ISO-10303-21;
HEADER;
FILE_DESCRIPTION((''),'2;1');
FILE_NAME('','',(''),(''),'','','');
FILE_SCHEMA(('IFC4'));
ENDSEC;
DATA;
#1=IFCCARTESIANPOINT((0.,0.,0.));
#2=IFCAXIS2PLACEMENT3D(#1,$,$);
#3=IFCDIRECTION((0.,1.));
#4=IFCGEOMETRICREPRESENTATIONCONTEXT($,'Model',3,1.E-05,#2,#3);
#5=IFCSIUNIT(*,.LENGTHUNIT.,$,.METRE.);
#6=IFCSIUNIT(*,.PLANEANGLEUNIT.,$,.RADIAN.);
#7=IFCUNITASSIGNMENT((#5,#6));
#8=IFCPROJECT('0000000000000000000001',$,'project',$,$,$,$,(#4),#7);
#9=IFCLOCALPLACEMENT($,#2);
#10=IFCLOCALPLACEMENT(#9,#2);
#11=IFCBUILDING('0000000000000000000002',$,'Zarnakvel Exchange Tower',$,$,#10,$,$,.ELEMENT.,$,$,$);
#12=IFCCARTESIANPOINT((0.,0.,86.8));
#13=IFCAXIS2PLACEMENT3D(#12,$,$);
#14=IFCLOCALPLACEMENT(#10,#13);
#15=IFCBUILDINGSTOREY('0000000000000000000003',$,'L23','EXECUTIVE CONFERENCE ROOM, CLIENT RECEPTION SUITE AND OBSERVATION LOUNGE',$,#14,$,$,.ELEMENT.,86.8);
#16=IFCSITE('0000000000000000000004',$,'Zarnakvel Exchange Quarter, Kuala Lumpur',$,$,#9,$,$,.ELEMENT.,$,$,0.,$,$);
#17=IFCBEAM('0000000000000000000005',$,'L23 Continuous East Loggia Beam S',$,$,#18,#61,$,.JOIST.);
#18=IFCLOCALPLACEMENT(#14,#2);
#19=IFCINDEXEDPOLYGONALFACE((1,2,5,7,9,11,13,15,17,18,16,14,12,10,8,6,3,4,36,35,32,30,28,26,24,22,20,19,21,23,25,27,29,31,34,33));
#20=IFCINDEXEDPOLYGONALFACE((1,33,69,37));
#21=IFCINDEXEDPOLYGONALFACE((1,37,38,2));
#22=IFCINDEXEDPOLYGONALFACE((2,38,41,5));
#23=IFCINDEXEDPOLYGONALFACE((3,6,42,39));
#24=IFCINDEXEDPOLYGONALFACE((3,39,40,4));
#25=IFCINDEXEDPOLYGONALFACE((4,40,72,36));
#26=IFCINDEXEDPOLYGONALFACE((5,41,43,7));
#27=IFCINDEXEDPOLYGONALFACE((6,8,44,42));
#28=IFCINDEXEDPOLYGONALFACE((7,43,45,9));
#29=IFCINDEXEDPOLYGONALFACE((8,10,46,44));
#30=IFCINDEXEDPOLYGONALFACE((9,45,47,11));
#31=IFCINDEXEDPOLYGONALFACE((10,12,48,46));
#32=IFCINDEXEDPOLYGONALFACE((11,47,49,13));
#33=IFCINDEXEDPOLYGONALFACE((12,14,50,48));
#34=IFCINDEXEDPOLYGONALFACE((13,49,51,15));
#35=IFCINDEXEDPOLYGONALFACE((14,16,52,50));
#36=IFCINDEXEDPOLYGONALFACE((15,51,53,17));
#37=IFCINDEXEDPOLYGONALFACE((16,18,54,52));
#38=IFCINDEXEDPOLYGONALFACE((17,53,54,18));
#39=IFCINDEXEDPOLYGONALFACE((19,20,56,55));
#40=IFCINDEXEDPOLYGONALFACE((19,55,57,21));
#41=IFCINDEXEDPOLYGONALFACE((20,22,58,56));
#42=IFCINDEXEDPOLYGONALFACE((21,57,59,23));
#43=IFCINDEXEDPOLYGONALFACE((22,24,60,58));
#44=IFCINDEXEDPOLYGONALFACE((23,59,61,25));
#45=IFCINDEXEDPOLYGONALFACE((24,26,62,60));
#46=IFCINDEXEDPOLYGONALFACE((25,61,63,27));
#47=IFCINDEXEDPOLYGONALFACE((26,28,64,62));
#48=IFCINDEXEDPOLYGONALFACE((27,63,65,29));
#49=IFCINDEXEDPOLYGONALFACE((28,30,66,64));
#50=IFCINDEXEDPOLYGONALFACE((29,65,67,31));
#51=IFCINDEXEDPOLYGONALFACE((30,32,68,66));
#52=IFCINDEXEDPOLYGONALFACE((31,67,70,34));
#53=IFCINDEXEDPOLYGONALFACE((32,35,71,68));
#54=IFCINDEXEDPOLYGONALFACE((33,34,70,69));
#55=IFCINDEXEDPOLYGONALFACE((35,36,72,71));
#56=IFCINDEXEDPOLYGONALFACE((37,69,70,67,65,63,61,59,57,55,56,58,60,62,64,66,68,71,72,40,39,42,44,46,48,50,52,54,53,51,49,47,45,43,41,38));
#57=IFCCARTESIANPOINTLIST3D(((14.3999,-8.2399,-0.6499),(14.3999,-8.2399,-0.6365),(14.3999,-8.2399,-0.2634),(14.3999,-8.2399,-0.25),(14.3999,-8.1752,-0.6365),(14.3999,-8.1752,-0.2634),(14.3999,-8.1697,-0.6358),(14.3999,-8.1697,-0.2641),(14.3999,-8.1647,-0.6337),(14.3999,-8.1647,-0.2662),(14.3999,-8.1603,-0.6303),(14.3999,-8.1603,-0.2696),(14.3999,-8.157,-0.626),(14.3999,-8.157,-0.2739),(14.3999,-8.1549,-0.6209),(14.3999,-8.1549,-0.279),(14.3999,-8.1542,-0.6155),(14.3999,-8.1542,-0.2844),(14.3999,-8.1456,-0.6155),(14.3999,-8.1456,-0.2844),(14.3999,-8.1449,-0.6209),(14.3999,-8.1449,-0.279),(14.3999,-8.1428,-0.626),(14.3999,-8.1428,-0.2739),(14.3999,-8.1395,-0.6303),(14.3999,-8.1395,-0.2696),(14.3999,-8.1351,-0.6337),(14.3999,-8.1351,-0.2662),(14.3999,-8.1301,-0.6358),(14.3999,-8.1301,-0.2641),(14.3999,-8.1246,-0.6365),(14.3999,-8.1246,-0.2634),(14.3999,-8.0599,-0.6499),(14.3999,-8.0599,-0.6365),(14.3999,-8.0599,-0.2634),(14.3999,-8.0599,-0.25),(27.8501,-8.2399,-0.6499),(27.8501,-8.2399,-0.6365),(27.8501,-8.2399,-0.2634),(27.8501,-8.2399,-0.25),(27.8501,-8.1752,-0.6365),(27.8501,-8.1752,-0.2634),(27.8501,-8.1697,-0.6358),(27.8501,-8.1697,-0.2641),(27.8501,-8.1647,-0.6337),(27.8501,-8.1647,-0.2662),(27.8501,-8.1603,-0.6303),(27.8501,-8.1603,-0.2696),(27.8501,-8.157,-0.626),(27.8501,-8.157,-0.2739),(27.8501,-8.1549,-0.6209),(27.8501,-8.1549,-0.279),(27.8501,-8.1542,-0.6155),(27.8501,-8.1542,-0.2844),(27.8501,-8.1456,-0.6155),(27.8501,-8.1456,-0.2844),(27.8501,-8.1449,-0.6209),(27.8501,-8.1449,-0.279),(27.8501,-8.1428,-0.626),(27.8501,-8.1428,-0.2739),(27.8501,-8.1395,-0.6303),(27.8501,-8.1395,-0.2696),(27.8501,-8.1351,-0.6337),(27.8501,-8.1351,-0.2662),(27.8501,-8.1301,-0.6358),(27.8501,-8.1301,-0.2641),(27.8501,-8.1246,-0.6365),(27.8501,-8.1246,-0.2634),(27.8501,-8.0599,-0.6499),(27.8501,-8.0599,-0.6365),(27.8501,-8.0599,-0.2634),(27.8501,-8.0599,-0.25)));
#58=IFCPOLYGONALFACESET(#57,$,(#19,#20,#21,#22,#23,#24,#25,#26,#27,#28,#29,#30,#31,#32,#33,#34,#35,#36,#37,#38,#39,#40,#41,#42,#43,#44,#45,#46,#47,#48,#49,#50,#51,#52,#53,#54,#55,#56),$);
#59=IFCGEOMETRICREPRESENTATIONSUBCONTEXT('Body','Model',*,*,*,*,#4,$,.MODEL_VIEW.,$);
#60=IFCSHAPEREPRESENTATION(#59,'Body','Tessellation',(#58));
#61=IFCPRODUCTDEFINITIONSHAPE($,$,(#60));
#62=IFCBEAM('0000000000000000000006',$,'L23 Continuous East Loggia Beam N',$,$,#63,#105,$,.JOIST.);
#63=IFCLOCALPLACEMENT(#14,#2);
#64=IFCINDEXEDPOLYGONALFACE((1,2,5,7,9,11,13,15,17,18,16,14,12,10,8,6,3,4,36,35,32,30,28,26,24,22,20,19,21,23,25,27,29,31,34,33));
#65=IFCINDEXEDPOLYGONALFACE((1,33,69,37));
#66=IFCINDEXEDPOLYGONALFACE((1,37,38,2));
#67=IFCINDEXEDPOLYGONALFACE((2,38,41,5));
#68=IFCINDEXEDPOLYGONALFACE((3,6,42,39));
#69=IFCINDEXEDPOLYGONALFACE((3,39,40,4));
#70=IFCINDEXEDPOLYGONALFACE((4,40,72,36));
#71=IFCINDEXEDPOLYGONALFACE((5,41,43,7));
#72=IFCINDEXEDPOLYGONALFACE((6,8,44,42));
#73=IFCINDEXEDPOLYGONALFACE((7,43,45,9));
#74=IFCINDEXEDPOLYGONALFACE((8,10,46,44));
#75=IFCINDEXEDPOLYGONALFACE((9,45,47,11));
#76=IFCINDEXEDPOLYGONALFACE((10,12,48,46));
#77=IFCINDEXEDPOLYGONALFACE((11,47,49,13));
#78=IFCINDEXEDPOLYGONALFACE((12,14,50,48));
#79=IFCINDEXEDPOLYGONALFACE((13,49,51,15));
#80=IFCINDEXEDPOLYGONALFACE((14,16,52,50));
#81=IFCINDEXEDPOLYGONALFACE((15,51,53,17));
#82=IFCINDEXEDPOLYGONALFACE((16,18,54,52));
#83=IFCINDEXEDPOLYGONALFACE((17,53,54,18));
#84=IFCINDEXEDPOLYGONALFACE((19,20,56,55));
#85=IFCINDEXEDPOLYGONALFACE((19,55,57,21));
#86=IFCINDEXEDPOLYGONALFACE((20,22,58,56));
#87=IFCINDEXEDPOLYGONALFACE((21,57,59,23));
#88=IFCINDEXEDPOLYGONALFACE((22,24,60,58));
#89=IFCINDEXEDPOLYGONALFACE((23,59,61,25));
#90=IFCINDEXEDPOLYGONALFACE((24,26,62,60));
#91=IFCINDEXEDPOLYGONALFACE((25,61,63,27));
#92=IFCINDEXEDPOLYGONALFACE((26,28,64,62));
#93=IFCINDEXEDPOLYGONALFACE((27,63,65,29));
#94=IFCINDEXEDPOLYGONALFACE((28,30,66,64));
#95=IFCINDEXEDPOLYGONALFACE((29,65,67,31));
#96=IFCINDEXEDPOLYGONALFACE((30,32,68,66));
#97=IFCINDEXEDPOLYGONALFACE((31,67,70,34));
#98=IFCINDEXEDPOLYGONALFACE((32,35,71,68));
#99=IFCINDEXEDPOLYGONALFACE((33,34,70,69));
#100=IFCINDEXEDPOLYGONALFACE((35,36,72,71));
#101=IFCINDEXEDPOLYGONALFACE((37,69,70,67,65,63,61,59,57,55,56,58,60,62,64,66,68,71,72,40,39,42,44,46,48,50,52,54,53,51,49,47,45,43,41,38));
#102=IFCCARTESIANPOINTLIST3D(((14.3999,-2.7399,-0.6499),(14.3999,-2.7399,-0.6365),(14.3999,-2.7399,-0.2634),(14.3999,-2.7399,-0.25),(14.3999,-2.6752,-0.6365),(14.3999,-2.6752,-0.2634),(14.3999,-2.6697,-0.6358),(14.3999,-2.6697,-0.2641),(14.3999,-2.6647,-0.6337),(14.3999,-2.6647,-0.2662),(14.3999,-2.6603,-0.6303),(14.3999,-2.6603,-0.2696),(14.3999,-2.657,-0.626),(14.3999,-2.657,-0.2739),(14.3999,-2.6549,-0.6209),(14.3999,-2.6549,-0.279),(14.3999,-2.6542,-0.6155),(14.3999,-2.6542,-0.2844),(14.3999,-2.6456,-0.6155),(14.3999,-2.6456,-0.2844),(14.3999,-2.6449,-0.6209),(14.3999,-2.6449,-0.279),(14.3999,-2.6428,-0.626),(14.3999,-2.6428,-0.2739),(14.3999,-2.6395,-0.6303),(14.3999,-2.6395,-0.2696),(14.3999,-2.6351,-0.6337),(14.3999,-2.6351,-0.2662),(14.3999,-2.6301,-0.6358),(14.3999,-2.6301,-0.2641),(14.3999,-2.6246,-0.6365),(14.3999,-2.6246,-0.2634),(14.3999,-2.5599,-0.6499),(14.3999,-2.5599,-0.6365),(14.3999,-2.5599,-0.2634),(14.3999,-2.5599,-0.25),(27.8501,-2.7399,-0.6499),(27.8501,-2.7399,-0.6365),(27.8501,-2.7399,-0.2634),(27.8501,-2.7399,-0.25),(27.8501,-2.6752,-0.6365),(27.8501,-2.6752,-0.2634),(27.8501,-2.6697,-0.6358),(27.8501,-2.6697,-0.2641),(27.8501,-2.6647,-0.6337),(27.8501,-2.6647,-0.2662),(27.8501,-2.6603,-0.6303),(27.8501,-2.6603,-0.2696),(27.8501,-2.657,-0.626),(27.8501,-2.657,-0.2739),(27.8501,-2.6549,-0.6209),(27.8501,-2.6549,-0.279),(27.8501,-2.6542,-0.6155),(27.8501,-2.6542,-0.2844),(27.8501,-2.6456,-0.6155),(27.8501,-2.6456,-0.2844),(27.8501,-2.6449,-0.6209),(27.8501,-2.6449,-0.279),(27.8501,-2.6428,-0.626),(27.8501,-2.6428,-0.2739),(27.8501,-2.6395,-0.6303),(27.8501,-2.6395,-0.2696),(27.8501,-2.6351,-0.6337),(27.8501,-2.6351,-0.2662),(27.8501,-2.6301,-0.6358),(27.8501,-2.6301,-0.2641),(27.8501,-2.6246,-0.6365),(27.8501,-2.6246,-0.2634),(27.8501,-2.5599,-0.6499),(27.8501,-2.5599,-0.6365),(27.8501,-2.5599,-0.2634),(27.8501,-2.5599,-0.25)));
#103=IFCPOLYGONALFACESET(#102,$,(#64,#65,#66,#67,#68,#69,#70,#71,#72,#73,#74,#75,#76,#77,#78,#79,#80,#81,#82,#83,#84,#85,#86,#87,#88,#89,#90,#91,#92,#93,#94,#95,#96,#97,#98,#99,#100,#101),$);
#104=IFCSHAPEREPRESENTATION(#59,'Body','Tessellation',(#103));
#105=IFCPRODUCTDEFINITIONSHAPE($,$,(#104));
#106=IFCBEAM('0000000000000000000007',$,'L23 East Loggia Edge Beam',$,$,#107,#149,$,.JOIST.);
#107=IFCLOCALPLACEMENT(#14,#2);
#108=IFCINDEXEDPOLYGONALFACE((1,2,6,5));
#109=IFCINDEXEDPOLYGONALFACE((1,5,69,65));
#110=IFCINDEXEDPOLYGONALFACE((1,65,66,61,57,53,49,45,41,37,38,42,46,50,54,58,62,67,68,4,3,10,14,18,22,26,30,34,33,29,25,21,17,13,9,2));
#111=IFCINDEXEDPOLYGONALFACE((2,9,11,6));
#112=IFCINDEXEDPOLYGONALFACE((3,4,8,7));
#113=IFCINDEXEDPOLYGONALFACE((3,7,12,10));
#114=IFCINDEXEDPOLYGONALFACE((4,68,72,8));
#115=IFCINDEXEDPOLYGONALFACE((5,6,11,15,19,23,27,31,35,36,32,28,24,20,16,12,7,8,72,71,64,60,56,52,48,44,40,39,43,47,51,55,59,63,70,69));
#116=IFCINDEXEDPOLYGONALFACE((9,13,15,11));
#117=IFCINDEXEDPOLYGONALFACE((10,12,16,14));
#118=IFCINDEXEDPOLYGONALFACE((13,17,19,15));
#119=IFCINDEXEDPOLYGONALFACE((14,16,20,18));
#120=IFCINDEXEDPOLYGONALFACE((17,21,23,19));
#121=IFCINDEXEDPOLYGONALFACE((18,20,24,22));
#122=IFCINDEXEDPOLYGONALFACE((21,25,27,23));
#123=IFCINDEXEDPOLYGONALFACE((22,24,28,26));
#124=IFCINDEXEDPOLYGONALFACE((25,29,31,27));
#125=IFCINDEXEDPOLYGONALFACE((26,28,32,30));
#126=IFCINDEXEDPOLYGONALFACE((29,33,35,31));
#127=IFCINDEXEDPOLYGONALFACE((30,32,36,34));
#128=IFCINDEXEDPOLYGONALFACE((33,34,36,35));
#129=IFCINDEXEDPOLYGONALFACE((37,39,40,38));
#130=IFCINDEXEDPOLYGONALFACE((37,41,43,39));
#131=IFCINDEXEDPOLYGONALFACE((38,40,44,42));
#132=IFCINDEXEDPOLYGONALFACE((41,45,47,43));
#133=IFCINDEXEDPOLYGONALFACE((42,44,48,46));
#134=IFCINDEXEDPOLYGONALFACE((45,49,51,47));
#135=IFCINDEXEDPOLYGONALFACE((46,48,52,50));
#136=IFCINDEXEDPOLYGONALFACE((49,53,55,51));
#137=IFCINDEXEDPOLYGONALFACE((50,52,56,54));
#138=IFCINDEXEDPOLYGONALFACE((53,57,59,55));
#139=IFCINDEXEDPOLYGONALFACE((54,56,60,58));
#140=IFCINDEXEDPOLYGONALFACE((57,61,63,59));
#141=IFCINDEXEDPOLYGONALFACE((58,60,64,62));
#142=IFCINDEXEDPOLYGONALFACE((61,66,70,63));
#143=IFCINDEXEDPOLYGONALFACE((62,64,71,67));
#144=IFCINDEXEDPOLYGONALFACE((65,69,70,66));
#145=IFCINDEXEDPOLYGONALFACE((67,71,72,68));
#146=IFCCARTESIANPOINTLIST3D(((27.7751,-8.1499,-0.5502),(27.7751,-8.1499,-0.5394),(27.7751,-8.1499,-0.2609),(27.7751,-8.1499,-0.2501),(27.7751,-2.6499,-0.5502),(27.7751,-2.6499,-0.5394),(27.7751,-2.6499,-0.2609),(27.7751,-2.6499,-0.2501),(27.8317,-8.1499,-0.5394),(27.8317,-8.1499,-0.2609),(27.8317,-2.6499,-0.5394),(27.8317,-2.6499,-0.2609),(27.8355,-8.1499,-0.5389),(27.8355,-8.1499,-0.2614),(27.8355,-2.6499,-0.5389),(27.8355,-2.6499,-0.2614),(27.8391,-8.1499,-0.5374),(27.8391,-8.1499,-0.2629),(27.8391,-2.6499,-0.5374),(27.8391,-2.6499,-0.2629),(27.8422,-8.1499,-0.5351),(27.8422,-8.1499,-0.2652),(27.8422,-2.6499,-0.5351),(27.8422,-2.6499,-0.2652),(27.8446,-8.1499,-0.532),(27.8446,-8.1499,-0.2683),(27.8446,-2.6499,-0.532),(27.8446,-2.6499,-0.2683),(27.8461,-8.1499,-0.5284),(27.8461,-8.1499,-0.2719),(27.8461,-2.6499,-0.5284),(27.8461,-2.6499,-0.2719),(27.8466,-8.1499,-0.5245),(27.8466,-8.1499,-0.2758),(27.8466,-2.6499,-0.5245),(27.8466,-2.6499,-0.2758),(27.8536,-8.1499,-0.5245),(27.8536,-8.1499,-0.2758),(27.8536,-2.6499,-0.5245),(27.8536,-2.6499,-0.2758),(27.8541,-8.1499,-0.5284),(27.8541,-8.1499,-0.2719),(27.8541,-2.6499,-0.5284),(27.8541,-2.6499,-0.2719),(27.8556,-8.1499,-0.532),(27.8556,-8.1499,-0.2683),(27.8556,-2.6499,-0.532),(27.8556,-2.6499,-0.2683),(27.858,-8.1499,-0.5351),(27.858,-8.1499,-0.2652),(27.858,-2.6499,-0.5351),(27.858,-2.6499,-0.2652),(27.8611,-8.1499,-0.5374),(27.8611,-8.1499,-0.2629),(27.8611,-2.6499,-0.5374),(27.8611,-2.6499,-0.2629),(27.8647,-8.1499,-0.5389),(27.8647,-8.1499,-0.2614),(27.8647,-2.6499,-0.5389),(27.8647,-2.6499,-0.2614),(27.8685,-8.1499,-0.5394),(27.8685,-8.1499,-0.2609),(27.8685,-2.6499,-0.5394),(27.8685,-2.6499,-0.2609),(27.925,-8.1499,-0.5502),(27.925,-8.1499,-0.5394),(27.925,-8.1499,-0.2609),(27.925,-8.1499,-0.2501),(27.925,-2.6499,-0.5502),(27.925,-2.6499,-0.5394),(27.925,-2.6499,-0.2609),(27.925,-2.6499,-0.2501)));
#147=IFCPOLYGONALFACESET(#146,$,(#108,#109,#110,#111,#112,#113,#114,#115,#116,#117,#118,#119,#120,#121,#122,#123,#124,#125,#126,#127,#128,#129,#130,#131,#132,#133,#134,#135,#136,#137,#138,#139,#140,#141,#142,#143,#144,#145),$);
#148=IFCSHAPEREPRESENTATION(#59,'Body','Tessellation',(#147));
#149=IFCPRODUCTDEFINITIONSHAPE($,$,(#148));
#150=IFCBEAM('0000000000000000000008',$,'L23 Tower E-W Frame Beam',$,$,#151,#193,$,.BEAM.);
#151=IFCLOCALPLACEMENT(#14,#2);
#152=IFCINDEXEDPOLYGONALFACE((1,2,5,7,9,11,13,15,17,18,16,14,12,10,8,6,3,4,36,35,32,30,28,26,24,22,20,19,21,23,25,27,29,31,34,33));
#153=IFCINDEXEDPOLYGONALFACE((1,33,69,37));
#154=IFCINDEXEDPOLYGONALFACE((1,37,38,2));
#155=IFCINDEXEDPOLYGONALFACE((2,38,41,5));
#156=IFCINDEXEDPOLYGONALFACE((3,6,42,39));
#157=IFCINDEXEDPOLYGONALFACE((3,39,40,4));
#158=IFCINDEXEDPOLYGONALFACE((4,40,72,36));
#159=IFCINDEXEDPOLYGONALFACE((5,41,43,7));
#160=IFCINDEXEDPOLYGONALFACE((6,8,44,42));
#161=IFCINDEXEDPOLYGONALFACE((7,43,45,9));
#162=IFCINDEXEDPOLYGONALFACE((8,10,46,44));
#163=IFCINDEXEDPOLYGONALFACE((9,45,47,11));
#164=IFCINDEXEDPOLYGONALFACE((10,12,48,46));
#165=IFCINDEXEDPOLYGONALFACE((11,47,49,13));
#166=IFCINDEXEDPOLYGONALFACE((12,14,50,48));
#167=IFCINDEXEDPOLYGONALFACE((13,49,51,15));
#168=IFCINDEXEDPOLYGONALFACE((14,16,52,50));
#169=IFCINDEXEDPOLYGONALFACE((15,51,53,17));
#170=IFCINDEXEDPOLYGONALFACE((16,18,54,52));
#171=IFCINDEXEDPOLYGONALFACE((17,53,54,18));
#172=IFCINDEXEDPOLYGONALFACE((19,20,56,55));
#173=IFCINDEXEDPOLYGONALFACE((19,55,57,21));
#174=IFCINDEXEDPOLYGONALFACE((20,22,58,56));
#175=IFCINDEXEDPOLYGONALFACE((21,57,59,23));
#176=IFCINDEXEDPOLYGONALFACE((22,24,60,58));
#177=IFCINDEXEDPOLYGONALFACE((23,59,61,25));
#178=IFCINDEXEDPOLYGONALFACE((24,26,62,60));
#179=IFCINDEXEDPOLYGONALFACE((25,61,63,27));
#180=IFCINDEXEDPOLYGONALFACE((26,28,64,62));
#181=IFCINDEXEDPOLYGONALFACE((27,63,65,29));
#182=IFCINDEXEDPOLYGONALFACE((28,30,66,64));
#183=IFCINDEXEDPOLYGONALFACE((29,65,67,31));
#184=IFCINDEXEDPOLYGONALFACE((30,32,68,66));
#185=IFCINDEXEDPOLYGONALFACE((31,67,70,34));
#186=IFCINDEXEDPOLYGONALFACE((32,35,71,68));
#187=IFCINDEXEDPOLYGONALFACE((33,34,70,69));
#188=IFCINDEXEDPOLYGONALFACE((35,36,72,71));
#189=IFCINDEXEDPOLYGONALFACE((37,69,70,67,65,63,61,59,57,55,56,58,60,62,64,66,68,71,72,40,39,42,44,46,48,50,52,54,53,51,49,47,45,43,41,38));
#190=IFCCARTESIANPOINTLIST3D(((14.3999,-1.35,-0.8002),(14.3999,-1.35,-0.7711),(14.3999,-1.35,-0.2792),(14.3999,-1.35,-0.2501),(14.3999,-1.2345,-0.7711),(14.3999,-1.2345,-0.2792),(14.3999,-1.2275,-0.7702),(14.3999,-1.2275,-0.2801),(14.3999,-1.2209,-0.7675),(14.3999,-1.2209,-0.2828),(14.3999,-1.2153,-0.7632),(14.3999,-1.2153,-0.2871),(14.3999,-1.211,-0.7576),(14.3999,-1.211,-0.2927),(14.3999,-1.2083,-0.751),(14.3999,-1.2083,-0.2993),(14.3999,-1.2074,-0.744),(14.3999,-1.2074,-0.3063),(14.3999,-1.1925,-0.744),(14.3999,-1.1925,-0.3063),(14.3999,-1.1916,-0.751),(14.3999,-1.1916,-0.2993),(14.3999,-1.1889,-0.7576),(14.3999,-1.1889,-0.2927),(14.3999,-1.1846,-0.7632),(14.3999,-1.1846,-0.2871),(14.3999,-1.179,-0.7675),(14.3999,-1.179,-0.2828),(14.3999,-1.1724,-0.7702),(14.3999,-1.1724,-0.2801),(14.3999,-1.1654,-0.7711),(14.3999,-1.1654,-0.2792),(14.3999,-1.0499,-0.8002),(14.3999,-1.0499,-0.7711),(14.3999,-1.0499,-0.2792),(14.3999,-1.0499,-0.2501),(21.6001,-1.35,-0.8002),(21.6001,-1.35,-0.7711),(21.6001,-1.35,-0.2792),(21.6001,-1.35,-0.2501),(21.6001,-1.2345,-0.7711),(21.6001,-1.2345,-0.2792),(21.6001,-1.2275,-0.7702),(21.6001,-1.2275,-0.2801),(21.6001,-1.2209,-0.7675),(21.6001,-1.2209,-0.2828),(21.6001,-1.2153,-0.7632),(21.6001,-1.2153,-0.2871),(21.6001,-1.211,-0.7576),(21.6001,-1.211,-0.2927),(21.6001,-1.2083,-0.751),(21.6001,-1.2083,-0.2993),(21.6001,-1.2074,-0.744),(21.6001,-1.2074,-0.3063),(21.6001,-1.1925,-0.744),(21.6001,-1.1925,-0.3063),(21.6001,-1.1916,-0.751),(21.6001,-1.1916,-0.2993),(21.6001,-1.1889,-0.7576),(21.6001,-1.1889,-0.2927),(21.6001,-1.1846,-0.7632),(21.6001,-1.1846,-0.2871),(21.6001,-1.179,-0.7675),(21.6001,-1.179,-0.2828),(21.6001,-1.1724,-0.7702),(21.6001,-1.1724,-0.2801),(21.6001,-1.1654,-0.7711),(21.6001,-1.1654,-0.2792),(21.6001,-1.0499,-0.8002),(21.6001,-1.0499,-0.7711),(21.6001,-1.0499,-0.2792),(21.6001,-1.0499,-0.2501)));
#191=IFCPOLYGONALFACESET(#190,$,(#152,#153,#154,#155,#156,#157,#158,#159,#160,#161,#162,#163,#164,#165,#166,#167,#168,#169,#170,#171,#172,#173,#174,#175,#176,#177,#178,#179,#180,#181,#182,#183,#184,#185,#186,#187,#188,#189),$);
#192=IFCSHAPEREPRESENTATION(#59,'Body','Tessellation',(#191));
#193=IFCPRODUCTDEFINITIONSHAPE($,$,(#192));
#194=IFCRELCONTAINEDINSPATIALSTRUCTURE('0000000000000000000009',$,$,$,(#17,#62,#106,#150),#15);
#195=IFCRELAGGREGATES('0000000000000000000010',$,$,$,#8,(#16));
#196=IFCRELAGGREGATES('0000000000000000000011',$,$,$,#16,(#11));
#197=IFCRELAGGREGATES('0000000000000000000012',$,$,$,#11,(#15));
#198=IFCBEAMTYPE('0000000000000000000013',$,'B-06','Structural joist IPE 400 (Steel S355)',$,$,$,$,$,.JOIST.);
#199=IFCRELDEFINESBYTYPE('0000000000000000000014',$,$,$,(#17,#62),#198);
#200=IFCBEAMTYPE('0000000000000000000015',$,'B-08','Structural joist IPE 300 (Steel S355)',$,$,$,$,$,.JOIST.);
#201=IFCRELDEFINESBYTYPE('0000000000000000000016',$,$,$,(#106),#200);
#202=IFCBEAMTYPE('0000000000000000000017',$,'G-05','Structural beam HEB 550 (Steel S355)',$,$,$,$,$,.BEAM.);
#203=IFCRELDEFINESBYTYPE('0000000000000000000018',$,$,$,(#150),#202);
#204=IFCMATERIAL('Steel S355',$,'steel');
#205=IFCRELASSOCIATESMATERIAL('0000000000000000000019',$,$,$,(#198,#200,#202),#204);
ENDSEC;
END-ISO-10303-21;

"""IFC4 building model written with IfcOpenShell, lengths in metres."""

from ifc_helpers import new_model, si_unit, direction, frame, origin, origin_2d, place, context, subcontext, project, spatial, i_section, extrude, material, material_profile, profile_set, type_object, element, save


model = new_model("IFC4")

# Units and contexts
model_context = context("Model", 3, precision=1e-05, world=origin(), true_north=direction((0.0, 1.0)))
body_context = subcontext(model_context, "Body", "Model", "MODEL_VIEW")
ifc_project = project(units=[si_unit("LENGTHUNIT", "METRE"), si_unit("PLANEANGLEUNIT", "RADIAN")], contexts=[model_context])

# Site, building, storey
site_placement = place(None, origin())
site = spatial("IfcSite", under=ifc_project, at=site_placement, Name="Zarnakvel Exchange Quarter, Kuala Lumpur", CompositionType="ELEMENT", RefElevation=0.0)
building_placement = place(site_placement, origin())
building = spatial("IfcBuilding", under=site, at=building_placement, Name="Zarnakvel Exchange Tower", CompositionType="ELEMENT")
storey_placement = place(building_placement, frame((0.0, 0.0, 86.8)))
storey = spatial("IfcBuildingStorey", under=building, at=storey_placement, Name="L23", Description="EXECUTIVE CONFERENCE ROOM, CLIENT RECEPTION SUITE AND OBSERVATION LOUNGE", CompositionType="ELEMENT", Elevation=86.8)

# Shared definitions
ifc_material_1 = material(Name="Steel S355", Category="steel")

# Beams
ifc_material_profile_1 = material_profile(ifc_material_1, i_section(OverallWidth=0.1799, OverallDepth=0.3999, WebThickness=0.0085, FlangeThickness=0.0134, FilletRadius=0.021, at=origin_2d()))
ifc_profile_set_1 = profile_set([ifc_material_profile_1], Name="Steel S355")
beam_type_1 = type_object("IfcBeamType", Name="B-06", Description="Structural joist IPE 400 (Steel S355)", PredefinedType="JOIST", material=ifc_profile_set_1)
for number, where, z_axis, x_axis, name in (
    (1, (14.3999, -8.1499, -0.45), (1.0, 0.0, 0.0), (0.0, 1.0, 0.0), "L23 Continuous East Loggia Beam S"),
    (2, (14.3999, -2.6499, -0.45), (1.0, 0.0, 0.0), (0.0, 1.0, 0.0), "L23 Continuous East Loggia Beam N"),
):
    element("IfcBeam", number, at=place(storey_placement, frame(where, z_axis=z_axis, x_axis=x_axis)), inside=storey, type_object=beam_type_1, Name=name, PredefinedType="JOIST", context=body_context, shape_type="SweptSolid", body=[
        extrude(i_section(OverallWidth=0.1799, OverallDepth=0.3999, WebThickness=0.0085, FlangeThickness=0.0134, FilletRadius=0.021, at=origin_2d()), origin(), (0.0, 0.0, 1.0), 13.4502),
    ])
ifc_material_profile_2 = material_profile(ifc_material_1, i_section(OverallWidth=0.1499, OverallDepth=0.3, WebThickness=0.0071, FlangeThickness=0.0107, FilletRadius=0.0149, at=origin_2d()))
ifc_profile_set_2 = profile_set([ifc_material_profile_2], Name="Steel S355")
beam_type_2 = type_object("IfcBeamType", Name="B-08", Description="Structural joist IPE 300 (Steel S355)", PredefinedType="JOIST", material=ifc_profile_set_2)
beam_1_placement = place(storey_placement, frame((27.8501, -8.1499, -0.4001), z_axis=(0.0, 1.0, 0.0), x_axis=(-1.0, 0.0, 0.0)))
element("IfcBeam", 3, at=beam_1_placement, inside=storey, type_object=beam_type_2, Name="L23 East Loggia Edge Beam", PredefinedType="JOIST", context=body_context, shape_type="SweptSolid", body=[
    extrude(i_section(OverallWidth=0.1499, OverallDepth=0.3, WebThickness=0.0071, FlangeThickness=0.0107, FilletRadius=0.0149, at=origin_2d()), origin(), (0.0, 0.0, 1.0), 5.5),
])
ifc_material_profile_3 = material_profile(ifc_material_1, i_section(OverallWidth=0.3, OverallDepth=0.55, WebThickness=0.0149, FlangeThickness=0.0291, FilletRadius=0.0271, at=origin_2d()))
ifc_profile_set_3 = profile_set([ifc_material_profile_3], Name="Steel S355")
beam_type_3 = type_object("IfcBeamType", Name="G-05", Description="Structural beam HEB 550 (Steel S355)", PredefinedType="BEAM", material=ifc_profile_set_3)
beam_2_placement = place(storey_placement, frame((14.3999, -1.2, -0.5251), z_axis=(1.0, 0.0, 0.0), x_axis=(0.0, 1.0, 0.0)))
element("IfcBeam", 4, at=beam_2_placement, inside=storey, type_object=beam_type_3, Name="L23 Tower E-W Frame Beam", PredefinedType="BEAM", context=body_context, shape_type="SweptSolid", body=[
    extrude(i_section(OverallWidth=0.3, OverallDepth=0.55, WebThickness=0.0149, FlangeThickness=0.0291, FilletRadius=0.0271, at=origin_2d()), origin(), (0.0, 0.0, 1.0), 7.2002),
])

save(model, "model.ifc")
